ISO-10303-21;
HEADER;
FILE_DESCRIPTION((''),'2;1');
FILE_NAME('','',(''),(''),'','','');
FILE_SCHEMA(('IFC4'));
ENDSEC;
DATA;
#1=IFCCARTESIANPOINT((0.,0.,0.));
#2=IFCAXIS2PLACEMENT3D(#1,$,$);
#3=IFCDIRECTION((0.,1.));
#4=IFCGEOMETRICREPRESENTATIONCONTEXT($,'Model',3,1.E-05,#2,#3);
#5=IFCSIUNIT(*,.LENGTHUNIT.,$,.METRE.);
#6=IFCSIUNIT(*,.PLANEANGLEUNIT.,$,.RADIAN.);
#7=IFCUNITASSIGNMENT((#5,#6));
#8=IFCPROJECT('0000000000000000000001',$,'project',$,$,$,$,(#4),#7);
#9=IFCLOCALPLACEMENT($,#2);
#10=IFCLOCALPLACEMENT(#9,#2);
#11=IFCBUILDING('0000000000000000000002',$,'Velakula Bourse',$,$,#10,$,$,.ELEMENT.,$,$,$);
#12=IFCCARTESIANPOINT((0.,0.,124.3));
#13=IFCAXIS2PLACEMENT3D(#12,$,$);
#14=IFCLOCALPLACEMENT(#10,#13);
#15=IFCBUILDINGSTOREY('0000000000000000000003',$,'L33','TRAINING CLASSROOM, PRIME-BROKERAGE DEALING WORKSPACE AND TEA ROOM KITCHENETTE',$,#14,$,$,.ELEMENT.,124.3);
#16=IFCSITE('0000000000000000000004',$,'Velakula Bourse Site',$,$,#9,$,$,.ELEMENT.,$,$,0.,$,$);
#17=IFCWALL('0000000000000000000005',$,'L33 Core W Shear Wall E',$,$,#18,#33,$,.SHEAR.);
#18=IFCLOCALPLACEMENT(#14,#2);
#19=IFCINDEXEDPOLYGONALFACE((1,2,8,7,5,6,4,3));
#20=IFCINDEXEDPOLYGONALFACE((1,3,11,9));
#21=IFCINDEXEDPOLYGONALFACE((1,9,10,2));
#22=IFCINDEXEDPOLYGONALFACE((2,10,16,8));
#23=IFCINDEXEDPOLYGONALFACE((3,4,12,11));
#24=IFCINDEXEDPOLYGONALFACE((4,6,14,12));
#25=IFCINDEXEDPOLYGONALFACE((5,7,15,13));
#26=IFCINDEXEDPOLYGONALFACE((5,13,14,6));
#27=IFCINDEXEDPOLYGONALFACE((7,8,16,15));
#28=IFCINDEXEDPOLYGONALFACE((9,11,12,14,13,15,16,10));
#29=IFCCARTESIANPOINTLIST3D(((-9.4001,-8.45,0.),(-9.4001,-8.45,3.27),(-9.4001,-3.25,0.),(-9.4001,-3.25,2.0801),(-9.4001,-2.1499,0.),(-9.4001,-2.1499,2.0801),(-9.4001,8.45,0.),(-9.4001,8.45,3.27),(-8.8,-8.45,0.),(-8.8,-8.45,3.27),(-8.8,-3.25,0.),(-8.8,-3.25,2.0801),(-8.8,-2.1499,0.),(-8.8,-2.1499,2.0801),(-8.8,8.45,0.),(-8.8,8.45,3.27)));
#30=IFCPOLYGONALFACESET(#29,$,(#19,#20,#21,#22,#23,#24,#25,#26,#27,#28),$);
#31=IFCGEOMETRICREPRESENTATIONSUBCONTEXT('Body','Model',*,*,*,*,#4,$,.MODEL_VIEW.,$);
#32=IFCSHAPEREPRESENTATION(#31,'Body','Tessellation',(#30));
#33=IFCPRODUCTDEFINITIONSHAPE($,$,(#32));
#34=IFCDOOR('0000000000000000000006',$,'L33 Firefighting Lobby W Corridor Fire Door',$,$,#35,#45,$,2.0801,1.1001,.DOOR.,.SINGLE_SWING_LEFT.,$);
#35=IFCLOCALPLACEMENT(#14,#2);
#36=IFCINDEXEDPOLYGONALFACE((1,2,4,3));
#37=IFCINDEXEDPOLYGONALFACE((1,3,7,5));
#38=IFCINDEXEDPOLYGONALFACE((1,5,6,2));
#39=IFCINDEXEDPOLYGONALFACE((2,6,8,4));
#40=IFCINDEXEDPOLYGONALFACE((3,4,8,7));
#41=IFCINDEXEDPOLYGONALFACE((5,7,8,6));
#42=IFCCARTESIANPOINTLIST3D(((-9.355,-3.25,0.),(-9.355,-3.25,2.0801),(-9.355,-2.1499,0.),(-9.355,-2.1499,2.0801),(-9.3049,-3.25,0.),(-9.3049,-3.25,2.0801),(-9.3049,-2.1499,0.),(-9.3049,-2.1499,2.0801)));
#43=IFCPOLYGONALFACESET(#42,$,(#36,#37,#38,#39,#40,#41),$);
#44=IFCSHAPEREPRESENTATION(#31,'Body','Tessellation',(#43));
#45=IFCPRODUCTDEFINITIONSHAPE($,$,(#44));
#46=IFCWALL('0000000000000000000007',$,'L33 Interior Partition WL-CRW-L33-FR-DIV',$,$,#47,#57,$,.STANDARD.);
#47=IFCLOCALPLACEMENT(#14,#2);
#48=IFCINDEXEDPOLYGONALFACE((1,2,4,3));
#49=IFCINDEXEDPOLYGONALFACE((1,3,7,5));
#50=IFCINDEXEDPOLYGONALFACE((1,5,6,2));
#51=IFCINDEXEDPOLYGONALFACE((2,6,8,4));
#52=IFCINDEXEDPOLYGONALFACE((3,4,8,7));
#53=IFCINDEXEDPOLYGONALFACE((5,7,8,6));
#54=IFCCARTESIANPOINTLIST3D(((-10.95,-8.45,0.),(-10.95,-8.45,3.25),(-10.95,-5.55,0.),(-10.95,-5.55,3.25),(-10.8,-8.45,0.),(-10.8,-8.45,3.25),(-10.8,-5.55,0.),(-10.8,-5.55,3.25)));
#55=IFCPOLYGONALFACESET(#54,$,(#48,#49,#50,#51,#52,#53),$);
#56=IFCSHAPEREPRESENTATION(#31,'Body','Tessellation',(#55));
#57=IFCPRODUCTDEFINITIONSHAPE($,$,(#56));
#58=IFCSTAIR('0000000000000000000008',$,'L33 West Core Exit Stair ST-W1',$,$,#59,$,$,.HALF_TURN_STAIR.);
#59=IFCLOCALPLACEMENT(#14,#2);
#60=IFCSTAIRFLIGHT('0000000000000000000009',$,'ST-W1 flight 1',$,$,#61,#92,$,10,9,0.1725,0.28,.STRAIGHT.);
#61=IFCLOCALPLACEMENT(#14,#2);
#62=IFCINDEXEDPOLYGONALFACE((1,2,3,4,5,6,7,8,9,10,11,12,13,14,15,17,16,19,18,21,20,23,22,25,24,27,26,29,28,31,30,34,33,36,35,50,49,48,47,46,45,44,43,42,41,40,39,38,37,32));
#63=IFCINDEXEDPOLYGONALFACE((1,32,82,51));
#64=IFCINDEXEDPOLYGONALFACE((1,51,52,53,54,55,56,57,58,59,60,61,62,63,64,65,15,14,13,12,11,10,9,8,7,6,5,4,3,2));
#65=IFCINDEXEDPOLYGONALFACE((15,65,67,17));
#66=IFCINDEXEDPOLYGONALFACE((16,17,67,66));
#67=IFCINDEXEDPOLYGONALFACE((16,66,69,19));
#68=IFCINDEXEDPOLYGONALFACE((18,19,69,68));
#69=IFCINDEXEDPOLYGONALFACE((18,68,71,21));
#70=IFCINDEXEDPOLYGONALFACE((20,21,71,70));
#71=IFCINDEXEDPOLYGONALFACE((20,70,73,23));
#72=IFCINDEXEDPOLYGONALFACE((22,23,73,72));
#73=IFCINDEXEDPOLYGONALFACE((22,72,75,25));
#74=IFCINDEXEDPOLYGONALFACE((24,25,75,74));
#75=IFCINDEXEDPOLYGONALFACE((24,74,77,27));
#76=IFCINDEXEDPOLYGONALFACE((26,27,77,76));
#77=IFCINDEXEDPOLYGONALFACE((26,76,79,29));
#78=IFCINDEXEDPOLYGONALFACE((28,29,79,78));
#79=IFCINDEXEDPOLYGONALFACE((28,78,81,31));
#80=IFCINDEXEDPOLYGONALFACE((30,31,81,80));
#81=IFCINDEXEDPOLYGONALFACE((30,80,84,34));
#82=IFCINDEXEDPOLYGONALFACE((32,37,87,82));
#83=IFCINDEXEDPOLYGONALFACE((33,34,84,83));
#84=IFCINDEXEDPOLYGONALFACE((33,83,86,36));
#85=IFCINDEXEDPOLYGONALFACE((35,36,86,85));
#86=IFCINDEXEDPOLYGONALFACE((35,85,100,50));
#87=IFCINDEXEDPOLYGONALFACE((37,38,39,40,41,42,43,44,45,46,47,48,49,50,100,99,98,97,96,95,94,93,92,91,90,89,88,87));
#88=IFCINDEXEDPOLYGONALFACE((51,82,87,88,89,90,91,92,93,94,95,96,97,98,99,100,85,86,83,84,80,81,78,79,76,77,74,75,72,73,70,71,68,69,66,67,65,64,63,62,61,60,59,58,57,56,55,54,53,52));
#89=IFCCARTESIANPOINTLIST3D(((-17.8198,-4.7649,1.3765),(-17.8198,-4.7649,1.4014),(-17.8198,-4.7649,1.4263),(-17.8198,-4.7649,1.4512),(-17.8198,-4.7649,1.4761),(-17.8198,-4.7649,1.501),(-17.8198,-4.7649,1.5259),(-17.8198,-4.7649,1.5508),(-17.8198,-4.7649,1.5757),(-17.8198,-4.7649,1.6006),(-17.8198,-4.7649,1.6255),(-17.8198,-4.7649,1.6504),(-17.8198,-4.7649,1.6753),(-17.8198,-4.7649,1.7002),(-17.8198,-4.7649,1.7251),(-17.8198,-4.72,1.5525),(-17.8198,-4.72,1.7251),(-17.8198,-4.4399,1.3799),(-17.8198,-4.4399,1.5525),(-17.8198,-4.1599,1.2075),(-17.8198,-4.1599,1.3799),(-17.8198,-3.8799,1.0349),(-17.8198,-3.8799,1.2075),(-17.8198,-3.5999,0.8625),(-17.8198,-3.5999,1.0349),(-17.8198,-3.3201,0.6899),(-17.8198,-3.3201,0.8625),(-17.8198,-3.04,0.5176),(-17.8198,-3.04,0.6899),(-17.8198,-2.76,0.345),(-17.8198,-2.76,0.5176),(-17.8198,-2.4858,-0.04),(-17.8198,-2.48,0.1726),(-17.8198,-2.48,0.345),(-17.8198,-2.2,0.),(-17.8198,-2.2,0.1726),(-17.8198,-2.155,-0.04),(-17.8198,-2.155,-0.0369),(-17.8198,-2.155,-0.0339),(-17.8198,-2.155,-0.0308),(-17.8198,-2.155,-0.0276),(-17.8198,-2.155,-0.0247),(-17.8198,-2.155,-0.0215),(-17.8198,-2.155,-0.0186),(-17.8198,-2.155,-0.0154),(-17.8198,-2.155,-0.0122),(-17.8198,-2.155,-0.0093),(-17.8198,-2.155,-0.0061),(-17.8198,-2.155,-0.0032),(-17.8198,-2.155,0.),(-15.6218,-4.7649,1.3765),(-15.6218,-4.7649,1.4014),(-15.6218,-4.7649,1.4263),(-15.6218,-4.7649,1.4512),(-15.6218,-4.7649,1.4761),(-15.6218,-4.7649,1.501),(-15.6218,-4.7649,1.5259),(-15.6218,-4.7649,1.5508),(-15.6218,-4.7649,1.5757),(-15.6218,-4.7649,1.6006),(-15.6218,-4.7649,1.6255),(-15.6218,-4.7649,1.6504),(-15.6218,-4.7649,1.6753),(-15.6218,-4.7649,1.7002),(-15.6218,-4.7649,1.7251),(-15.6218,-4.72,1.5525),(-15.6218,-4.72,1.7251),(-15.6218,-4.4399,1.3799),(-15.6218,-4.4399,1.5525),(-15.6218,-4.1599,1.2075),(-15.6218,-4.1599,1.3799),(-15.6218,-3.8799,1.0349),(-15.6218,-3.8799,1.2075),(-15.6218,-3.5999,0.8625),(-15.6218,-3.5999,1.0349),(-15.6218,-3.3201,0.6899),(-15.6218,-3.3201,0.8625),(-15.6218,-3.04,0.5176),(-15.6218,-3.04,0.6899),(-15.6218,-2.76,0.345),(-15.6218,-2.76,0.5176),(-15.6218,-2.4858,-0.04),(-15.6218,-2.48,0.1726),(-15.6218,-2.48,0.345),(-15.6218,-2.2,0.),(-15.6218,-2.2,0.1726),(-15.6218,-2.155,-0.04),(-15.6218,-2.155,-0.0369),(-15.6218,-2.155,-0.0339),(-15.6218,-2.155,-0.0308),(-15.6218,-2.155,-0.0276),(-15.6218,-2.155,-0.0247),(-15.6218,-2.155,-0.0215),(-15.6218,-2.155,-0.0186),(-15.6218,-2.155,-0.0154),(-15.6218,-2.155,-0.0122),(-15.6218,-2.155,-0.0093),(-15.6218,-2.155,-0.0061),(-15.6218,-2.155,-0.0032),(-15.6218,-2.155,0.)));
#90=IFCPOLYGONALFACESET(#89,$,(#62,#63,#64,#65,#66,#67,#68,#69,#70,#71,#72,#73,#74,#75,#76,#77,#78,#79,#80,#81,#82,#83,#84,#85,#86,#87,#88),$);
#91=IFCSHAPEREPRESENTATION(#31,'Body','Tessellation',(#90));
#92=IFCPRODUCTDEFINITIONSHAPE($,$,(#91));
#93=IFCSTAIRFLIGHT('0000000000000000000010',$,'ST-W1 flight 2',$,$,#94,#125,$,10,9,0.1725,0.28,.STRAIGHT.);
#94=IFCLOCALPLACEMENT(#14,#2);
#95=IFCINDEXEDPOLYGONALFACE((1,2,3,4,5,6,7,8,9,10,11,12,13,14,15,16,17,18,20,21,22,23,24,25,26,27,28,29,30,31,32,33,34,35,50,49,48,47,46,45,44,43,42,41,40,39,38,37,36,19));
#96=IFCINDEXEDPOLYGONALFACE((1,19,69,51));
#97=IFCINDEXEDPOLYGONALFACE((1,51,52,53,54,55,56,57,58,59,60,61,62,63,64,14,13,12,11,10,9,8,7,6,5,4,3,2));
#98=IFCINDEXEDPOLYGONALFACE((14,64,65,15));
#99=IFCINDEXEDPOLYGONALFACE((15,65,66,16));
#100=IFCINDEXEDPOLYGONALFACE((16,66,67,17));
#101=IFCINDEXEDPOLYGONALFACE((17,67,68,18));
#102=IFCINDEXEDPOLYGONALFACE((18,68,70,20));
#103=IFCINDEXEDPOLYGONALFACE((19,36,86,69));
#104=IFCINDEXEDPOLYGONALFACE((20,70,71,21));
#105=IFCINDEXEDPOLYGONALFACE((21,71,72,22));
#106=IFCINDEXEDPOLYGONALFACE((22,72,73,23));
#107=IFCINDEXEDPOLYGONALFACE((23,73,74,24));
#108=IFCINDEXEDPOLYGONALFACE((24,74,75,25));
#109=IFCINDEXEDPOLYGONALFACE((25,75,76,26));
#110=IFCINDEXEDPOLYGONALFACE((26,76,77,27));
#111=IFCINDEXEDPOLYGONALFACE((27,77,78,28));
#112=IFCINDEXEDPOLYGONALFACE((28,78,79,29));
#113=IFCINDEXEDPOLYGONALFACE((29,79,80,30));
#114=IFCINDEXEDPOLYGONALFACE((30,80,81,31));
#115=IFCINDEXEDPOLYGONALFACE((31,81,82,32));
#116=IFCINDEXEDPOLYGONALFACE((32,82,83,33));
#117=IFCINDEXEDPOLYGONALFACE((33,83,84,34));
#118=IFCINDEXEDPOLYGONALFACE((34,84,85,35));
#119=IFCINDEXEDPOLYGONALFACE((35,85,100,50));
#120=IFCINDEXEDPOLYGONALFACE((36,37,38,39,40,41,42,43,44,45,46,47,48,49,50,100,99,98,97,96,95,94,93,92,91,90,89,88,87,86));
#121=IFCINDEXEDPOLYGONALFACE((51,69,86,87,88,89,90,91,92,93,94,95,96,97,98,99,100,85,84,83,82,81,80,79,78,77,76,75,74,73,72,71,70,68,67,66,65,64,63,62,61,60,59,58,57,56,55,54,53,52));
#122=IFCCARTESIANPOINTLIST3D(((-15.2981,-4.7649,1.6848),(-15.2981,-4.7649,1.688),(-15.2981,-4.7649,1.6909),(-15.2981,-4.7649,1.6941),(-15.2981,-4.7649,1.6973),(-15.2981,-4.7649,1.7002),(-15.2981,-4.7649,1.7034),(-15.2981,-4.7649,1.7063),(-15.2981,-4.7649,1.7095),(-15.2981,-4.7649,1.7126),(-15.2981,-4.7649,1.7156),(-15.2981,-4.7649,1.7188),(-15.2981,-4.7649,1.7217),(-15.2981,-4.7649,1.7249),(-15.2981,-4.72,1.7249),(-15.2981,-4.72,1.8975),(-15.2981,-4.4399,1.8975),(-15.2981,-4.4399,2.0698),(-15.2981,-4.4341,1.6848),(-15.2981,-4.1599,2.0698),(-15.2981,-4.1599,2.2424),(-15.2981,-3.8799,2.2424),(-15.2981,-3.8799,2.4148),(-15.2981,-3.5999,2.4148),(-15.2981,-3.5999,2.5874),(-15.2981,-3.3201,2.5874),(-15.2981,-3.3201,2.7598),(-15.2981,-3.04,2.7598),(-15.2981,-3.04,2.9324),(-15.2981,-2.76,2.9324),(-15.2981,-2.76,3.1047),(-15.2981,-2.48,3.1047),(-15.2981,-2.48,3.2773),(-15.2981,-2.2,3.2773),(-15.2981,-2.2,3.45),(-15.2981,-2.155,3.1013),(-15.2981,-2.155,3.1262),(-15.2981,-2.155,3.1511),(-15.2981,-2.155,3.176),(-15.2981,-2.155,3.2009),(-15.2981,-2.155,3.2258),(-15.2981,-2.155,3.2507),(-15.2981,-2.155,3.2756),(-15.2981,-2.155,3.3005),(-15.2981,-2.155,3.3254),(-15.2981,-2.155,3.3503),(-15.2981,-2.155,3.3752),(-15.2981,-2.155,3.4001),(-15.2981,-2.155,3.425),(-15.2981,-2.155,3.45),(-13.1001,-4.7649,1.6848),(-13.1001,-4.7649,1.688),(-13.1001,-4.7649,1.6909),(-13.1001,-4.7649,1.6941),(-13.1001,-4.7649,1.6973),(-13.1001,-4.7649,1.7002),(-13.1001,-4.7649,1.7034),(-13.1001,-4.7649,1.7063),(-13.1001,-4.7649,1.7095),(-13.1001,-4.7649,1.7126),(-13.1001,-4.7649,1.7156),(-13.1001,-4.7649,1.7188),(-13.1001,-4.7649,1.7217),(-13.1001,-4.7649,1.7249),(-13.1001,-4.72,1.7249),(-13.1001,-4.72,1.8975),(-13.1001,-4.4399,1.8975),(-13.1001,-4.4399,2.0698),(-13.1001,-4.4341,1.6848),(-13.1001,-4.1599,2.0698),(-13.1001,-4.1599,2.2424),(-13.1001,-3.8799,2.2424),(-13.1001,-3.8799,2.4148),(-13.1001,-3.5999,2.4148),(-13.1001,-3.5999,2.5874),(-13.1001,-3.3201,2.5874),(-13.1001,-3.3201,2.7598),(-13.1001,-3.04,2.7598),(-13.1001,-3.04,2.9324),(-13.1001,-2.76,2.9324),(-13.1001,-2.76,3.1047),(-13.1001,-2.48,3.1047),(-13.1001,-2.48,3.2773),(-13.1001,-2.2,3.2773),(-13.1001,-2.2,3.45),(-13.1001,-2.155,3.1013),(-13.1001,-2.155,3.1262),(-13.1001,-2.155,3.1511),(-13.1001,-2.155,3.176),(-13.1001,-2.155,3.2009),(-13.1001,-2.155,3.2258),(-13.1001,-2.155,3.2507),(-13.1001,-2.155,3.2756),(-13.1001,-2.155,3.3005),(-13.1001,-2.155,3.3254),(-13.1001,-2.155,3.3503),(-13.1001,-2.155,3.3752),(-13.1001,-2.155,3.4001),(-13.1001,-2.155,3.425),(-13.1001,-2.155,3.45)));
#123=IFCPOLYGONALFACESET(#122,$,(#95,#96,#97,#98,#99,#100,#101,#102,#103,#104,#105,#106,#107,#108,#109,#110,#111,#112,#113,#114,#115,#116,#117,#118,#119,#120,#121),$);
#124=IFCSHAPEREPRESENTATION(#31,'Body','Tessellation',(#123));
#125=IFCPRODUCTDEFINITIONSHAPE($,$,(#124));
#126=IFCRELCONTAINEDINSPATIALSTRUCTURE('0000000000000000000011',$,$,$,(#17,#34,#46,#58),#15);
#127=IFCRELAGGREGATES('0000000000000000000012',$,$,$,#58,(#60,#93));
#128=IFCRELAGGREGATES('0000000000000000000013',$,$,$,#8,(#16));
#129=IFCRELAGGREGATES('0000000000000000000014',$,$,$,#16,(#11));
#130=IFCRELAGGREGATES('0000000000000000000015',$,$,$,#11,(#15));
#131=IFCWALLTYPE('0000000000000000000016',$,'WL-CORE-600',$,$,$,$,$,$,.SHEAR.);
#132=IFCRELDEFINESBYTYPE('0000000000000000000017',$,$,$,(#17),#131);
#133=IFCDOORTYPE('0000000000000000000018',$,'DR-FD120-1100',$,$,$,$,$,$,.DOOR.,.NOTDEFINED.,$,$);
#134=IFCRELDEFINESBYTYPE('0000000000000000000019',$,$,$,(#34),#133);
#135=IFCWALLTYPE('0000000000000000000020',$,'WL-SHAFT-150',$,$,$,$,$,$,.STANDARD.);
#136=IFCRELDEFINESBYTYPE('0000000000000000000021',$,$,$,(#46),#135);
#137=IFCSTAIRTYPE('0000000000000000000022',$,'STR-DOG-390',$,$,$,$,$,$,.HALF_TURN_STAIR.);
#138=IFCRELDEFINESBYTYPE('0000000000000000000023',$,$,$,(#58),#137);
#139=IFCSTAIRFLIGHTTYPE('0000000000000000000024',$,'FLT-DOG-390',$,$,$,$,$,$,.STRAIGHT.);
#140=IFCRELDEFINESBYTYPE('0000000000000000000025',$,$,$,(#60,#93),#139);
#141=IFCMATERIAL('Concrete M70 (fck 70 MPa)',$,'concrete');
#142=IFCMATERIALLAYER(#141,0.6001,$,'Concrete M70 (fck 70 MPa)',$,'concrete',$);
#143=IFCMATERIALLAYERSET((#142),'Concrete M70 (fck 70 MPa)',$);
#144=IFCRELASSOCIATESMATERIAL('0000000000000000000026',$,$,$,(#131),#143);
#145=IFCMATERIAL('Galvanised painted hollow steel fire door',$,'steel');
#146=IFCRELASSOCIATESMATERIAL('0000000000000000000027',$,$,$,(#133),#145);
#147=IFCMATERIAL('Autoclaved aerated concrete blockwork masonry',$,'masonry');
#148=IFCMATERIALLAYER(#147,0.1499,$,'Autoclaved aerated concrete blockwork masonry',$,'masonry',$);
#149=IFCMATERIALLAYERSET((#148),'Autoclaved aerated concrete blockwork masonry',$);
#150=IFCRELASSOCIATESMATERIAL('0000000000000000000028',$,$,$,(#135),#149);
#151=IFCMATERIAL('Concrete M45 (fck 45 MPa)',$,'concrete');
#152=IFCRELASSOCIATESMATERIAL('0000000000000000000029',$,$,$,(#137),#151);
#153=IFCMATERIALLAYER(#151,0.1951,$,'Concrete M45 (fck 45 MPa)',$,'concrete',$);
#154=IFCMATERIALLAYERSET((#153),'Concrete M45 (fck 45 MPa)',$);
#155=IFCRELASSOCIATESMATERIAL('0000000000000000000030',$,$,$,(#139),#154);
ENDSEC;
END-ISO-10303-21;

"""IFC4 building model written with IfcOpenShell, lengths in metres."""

from ifc_helpers import new_model, si_unit, direction, frame, frame_2d, origin, place, context, subcontext, project, spatial, polyline, rectangle, outline, extrude, material, layer, layer_set, type_object, element, fill, aggregate, save


model = new_model("IFC4")

# Units and contexts
model_context = context("Model", 3, precision=1e-05, world=origin(), true_north=direction((0.0, 1.0)))
body_context = subcontext(model_context, "Body", "Model", "MODEL_VIEW")
ifc_project = project(units=[si_unit("LENGTHUNIT", "METRE"), si_unit("PLANEANGLEUNIT", "RADIAN")], contexts=[model_context])

# Site, building, storey
site_placement = place(None, origin())
site = spatial("IfcSite", under=ifc_project, at=site_placement, Name="Velakula Bourse Site", CompositionType="ELEMENT", RefElevation=0.0)
building_placement = place(site_placement, origin())
building = spatial("IfcBuilding", under=site, at=building_placement, Name="Velakula Bourse", CompositionType="ELEMENT")
storey_placement = place(building_placement, frame((0.0, 0.0, 124.3)))
storey = spatial("IfcBuildingStorey", under=building, at=storey_placement, Name="L33", Description="TRAINING CLASSROOM, PRIME-BROKERAGE DEALING WORKSPACE AND TEA ROOM KITCHENETTE", CompositionType="ELEMENT", Elevation=124.3)

# Shared definitions
ifc_material_1 = material(Name="Concrete M70 (fck 70 MPa)", Category="concrete")

# Shared definitions
ifc_material_2 = material(Name="Galvanised painted hollow steel fire door", Category="steel")

# Shared definitions
ifc_layer_1 = layer(ifc_material_1, 0.6001, Name="Concrete M70 (fck 70 MPa)", Category="concrete")
ifc_layer_set_1 = layer_set([ifc_layer_1], Name="Concrete M70 (fck 70 MPa)")
wall_type_1 = type_object("IfcWallType", Name="WL-CORE-600", PredefinedType="SHEAR", material=ifc_layer_set_1)

# Wall, opening, door
wall_1_placement = place(storey_placement, frame((-9.1001, -8.45, 0.0), z_axis=(0.0, 0.0, 1.0), x_axis=(0.0, 1.0, 0.0)))
wall_1 = element("IfcWall", 1, at=wall_1_placement, inside=storey, type_object=wall_type_1, Name="L33 Core W Shear Wall E", PredefinedType="SHEAR", context=body_context, shape_type="SweptSolid", body=[
    extrude(rectangle(XDim=16.8999, YDim=0.6001, at=frame_2d((8.45, 0.0))), origin(), (0.0, 0.0, 1.0), 3.27),
])
opening_1_placement = place(wall_1_placement, frame((5.2, 0.0, 0.0)))
opening_1 = element("IfcOpeningElement", 2, at=opening_1_placement, cuts=wall_1, PredefinedType="OPENING", context=body_context, shape_type="SweptSolid", body=[
    extrude(rectangle(XDim=1.1001, YDim=2.0801, at=frame_2d((0.55, 1.04))), frame((0.0, 0.3101, 0.0), z_axis=(0.0, -1.0, 0.0), x_axis=(1.0, 0.0, 0.0)), (0.0, 0.0, 1.0), 0.6201),
])
door_type_1 = type_object("IfcDoorType", Name="DR-FD120-1100", OperationType="NOTDEFINED", PredefinedType="DOOR", material=ifc_material_2)
door_1_placement = place(opening_1_placement, origin())
door_1 = element("IfcDoor", 3, at=door_1_placement, inside=storey, type_object=door_type_1, Name="L33 Firefighting Lobby W Corridor Fire Door", OperationType="SINGLE_SWING_LEFT", OverallHeight=2.0801, OverallWidth=1.1001, PredefinedType="DOOR", context=body_context, shape_type="SweptSolid", body=[
    extrude(rectangle(XDim=1.1001, YDim=2.0801, at=frame_2d((0.55, 1.04))), frame((0.0, 0.2549, 0.0), z_axis=(0.0, -1.0, 0.0), x_axis=(1.0, 0.0, 0.0)), (0.0, 0.0, 1.0), 0.05),
])
fill(opening_1, door_1)

# Shared definitions
ifc_material_3 = material(Name="Autoclaved aerated concrete blockwork masonry", Category="masonry")
ifc_layer_2 = layer(ifc_material_3, 0.1499, Name="Autoclaved aerated concrete blockwork masonry", Category="masonry")
ifc_layer_set_2 = layer_set([ifc_layer_2], Name="Autoclaved aerated concrete blockwork masonry")
wall_type_2 = type_object("IfcWallType", Name="WL-SHAFT-150", PredefinedType="STANDARD", material=ifc_layer_set_2)

# Wall
wall_2_placement = place(storey_placement, frame((-10.875, -8.45, 0.0), z_axis=(0.0, 0.0, 1.0), x_axis=(0.0, 1.0, 0.0)))
element("IfcWall", 4, at=wall_2_placement, inside=storey, type_object=wall_type_2, Name="L33 Interior Partition WL-CRW-L33-FR-DIV", PredefinedType="STANDARD", context=body_context, shape_type="SweptSolid", body=[
    extrude(rectangle(XDim=2.8999, YDim=0.1499, at=frame_2d((1.45, 0.0))), origin(), (0.0, 0.0, 1.0), 3.25),
])

# Stair, stair flights
ifc_material_4 = material(Name="Concrete M45 (fck 45 MPa)", Category="concrete")
stair_type = type_object("IfcStairType", Name="STR-DOG-390", PredefinedType="HALF_TURN_STAIR", material=ifc_material_4)
stair_placement = place(storey_placement, origin())
stair = element("IfcStair", 5, at=stair_placement, inside=storey, type_object=stair_type, Name="L33 West Core Exit Stair ST-W1", PredefinedType="HALF_TURN_STAIR")
ifc_layer_3 = layer(ifc_material_4, 0.1951, Name="Concrete M45 (fck 45 MPa)", Category="concrete")
ifc_layer_set_3 = layer_set([ifc_layer_3], Name="Concrete M45 (fck 45 MPa)")
stair_flight_type = type_object("IfcStairFlightType", Name="FLT-DOG-390", PredefinedType="STRAIGHT", material=ifc_layer_set_3)
stair_flight_1_placement = place(storey_placement, frame((-16.7209, -2.2, 0.0), z_axis=(0.0, 0.0, 1.0), x_axis=(0.0, -1.0, 0.0)))
stair_flight_1 = element("IfcStairFlight", 6, at=stair_flight_1_placement, type_object=stair_flight_type, Name="ST-W1 flight 1", NumberOfRisers=10, NumberOfTreads=9, PredefinedType="STRAIGHT", RiserHeight=0.1725, TreadLength=0.28, context=body_context, shape_type="SweptSolid", body=[
    extrude(outline(polyline([(-0.0449, -0.04), (-0.0449, -0.0369), (-0.0449, -0.0339), (-0.0449, -0.0308), (-0.0449, -0.0276), (-0.0449, -0.0247), (-0.0449, -0.0215), (-0.0449, -0.0186), (-0.0449, -0.0154), (-0.0449, -0.0122), (-0.0449, -0.0093), (-0.0449, -0.0061), (-0.0449, -0.0032), (-0.0449, 0.0), (0.0, 0.0), (0.0, 0.1726), (0.28, 0.1726), (0.28, 0.345), (0.5601, 0.345), (0.5601, 0.5176), (0.8401, 0.5176), (0.8401, 0.6899), (1.1201, 0.6899), (1.1201, 0.8625), (1.3999, 0.8625), (1.3999, 1.0349), (1.6799, 1.0349), (1.6799, 1.2075), (1.96, 1.2075), (1.96, 1.3799), (2.24, 1.3799), (2.24, 1.5525), (2.52, 1.5525), (2.52, 1.7251), (2.5649, 1.7251), (2.5649, 1.7002), (2.5649, 1.6753), (2.5649, 1.6504), (2.5649, 1.6255), (2.5649, 1.6006), (2.5649, 1.5757), (2.5649, 1.5508), (2.5649, 1.5259), (2.5649, 1.501), (2.5649, 1.4761), (2.5649, 1.4512), (2.5649, 1.4263), (2.5649, 1.4014), (2.5649, 1.3765), (0.2859, -0.04), (-0.0449, -0.04)])), frame((0.0, 1.0991, 0.0), z_axis=(0.0, -1.0, 0.0), x_axis=(1.0, 0.0, 0.0)), (0.0, 0.0, 1.0), 2.198),
])
stair_flight_2_placement = place(storey_placement, frame((-14.199, -4.72, 1.7249), z_axis=(0.0, 0.0, 1.0), x_axis=(0.0, 1.0, 0.0)))
stair_flight_2 = element("IfcStairFlight", 7, at=stair_flight_2_placement, type_object=stair_flight_type, Name="ST-W1 flight 2", NumberOfRisers=10, NumberOfTreads=9, PredefinedType="STRAIGHT", RiserHeight=0.1725, TreadLength=0.28, context=body_context, shape_type="SweptSolid", body=[
    extrude(outline(polyline([(-0.0449, -0.04), (-0.0449, -0.0369), (-0.0449, -0.0339), (-0.0449, -0.0308), (-0.0449, -0.0276), (-0.0449, -0.0247), (-0.0449, -0.0215), (-0.0449, -0.0186), (-0.0449, -0.0154), (-0.0449, -0.0122), (-0.0449, -0.0093), (-0.0449, -0.0061), (-0.0449, -0.0032), (-0.0449, 0.0), (0.0, 0.0), (0.0, 0.1726), (0.28, 0.1726), (0.28, 0.345), (0.5601, 0.345), (0.5601, 0.5176), (0.8401, 0.5176), (0.8401, 0.6899), (1.1201, 0.6899), (1.1201, 0.8625), (1.3999, 0.8625), (1.3999, 1.0349), (1.6799, 1.0349), (1.6799, 1.2075), (1.96, 1.2075), (1.96, 1.3799), (2.24, 1.3799), (2.24, 1.5525), (2.52, 1.5525), (2.52, 1.7251), (2.5649, 1.7251), (2.5649, 1.7002), (2.5649, 1.6753), (2.5649, 1.6504), (2.5649, 1.6255), (2.5649, 1.6006), (2.5649, 1.5757), (2.5649, 1.5508), (2.5649, 1.5259), (2.5649, 1.501), (2.5649, 1.4761), (2.5649, 1.4512), (2.5649, 1.4263), (2.5649, 1.4014), (2.5649, 1.3765), (0.2859, -0.04), (-0.0449, -0.04)])), frame((0.0, 1.0991, 0.0), z_axis=(0.0, -1.0, 0.0), x_axis=(1.0, 0.0, 0.0)), (0.0, 0.0, 1.0), 2.198),
])
aggregate(stair, [stair_flight_1, stair_flight_2])

save(model, "model.ifc")
